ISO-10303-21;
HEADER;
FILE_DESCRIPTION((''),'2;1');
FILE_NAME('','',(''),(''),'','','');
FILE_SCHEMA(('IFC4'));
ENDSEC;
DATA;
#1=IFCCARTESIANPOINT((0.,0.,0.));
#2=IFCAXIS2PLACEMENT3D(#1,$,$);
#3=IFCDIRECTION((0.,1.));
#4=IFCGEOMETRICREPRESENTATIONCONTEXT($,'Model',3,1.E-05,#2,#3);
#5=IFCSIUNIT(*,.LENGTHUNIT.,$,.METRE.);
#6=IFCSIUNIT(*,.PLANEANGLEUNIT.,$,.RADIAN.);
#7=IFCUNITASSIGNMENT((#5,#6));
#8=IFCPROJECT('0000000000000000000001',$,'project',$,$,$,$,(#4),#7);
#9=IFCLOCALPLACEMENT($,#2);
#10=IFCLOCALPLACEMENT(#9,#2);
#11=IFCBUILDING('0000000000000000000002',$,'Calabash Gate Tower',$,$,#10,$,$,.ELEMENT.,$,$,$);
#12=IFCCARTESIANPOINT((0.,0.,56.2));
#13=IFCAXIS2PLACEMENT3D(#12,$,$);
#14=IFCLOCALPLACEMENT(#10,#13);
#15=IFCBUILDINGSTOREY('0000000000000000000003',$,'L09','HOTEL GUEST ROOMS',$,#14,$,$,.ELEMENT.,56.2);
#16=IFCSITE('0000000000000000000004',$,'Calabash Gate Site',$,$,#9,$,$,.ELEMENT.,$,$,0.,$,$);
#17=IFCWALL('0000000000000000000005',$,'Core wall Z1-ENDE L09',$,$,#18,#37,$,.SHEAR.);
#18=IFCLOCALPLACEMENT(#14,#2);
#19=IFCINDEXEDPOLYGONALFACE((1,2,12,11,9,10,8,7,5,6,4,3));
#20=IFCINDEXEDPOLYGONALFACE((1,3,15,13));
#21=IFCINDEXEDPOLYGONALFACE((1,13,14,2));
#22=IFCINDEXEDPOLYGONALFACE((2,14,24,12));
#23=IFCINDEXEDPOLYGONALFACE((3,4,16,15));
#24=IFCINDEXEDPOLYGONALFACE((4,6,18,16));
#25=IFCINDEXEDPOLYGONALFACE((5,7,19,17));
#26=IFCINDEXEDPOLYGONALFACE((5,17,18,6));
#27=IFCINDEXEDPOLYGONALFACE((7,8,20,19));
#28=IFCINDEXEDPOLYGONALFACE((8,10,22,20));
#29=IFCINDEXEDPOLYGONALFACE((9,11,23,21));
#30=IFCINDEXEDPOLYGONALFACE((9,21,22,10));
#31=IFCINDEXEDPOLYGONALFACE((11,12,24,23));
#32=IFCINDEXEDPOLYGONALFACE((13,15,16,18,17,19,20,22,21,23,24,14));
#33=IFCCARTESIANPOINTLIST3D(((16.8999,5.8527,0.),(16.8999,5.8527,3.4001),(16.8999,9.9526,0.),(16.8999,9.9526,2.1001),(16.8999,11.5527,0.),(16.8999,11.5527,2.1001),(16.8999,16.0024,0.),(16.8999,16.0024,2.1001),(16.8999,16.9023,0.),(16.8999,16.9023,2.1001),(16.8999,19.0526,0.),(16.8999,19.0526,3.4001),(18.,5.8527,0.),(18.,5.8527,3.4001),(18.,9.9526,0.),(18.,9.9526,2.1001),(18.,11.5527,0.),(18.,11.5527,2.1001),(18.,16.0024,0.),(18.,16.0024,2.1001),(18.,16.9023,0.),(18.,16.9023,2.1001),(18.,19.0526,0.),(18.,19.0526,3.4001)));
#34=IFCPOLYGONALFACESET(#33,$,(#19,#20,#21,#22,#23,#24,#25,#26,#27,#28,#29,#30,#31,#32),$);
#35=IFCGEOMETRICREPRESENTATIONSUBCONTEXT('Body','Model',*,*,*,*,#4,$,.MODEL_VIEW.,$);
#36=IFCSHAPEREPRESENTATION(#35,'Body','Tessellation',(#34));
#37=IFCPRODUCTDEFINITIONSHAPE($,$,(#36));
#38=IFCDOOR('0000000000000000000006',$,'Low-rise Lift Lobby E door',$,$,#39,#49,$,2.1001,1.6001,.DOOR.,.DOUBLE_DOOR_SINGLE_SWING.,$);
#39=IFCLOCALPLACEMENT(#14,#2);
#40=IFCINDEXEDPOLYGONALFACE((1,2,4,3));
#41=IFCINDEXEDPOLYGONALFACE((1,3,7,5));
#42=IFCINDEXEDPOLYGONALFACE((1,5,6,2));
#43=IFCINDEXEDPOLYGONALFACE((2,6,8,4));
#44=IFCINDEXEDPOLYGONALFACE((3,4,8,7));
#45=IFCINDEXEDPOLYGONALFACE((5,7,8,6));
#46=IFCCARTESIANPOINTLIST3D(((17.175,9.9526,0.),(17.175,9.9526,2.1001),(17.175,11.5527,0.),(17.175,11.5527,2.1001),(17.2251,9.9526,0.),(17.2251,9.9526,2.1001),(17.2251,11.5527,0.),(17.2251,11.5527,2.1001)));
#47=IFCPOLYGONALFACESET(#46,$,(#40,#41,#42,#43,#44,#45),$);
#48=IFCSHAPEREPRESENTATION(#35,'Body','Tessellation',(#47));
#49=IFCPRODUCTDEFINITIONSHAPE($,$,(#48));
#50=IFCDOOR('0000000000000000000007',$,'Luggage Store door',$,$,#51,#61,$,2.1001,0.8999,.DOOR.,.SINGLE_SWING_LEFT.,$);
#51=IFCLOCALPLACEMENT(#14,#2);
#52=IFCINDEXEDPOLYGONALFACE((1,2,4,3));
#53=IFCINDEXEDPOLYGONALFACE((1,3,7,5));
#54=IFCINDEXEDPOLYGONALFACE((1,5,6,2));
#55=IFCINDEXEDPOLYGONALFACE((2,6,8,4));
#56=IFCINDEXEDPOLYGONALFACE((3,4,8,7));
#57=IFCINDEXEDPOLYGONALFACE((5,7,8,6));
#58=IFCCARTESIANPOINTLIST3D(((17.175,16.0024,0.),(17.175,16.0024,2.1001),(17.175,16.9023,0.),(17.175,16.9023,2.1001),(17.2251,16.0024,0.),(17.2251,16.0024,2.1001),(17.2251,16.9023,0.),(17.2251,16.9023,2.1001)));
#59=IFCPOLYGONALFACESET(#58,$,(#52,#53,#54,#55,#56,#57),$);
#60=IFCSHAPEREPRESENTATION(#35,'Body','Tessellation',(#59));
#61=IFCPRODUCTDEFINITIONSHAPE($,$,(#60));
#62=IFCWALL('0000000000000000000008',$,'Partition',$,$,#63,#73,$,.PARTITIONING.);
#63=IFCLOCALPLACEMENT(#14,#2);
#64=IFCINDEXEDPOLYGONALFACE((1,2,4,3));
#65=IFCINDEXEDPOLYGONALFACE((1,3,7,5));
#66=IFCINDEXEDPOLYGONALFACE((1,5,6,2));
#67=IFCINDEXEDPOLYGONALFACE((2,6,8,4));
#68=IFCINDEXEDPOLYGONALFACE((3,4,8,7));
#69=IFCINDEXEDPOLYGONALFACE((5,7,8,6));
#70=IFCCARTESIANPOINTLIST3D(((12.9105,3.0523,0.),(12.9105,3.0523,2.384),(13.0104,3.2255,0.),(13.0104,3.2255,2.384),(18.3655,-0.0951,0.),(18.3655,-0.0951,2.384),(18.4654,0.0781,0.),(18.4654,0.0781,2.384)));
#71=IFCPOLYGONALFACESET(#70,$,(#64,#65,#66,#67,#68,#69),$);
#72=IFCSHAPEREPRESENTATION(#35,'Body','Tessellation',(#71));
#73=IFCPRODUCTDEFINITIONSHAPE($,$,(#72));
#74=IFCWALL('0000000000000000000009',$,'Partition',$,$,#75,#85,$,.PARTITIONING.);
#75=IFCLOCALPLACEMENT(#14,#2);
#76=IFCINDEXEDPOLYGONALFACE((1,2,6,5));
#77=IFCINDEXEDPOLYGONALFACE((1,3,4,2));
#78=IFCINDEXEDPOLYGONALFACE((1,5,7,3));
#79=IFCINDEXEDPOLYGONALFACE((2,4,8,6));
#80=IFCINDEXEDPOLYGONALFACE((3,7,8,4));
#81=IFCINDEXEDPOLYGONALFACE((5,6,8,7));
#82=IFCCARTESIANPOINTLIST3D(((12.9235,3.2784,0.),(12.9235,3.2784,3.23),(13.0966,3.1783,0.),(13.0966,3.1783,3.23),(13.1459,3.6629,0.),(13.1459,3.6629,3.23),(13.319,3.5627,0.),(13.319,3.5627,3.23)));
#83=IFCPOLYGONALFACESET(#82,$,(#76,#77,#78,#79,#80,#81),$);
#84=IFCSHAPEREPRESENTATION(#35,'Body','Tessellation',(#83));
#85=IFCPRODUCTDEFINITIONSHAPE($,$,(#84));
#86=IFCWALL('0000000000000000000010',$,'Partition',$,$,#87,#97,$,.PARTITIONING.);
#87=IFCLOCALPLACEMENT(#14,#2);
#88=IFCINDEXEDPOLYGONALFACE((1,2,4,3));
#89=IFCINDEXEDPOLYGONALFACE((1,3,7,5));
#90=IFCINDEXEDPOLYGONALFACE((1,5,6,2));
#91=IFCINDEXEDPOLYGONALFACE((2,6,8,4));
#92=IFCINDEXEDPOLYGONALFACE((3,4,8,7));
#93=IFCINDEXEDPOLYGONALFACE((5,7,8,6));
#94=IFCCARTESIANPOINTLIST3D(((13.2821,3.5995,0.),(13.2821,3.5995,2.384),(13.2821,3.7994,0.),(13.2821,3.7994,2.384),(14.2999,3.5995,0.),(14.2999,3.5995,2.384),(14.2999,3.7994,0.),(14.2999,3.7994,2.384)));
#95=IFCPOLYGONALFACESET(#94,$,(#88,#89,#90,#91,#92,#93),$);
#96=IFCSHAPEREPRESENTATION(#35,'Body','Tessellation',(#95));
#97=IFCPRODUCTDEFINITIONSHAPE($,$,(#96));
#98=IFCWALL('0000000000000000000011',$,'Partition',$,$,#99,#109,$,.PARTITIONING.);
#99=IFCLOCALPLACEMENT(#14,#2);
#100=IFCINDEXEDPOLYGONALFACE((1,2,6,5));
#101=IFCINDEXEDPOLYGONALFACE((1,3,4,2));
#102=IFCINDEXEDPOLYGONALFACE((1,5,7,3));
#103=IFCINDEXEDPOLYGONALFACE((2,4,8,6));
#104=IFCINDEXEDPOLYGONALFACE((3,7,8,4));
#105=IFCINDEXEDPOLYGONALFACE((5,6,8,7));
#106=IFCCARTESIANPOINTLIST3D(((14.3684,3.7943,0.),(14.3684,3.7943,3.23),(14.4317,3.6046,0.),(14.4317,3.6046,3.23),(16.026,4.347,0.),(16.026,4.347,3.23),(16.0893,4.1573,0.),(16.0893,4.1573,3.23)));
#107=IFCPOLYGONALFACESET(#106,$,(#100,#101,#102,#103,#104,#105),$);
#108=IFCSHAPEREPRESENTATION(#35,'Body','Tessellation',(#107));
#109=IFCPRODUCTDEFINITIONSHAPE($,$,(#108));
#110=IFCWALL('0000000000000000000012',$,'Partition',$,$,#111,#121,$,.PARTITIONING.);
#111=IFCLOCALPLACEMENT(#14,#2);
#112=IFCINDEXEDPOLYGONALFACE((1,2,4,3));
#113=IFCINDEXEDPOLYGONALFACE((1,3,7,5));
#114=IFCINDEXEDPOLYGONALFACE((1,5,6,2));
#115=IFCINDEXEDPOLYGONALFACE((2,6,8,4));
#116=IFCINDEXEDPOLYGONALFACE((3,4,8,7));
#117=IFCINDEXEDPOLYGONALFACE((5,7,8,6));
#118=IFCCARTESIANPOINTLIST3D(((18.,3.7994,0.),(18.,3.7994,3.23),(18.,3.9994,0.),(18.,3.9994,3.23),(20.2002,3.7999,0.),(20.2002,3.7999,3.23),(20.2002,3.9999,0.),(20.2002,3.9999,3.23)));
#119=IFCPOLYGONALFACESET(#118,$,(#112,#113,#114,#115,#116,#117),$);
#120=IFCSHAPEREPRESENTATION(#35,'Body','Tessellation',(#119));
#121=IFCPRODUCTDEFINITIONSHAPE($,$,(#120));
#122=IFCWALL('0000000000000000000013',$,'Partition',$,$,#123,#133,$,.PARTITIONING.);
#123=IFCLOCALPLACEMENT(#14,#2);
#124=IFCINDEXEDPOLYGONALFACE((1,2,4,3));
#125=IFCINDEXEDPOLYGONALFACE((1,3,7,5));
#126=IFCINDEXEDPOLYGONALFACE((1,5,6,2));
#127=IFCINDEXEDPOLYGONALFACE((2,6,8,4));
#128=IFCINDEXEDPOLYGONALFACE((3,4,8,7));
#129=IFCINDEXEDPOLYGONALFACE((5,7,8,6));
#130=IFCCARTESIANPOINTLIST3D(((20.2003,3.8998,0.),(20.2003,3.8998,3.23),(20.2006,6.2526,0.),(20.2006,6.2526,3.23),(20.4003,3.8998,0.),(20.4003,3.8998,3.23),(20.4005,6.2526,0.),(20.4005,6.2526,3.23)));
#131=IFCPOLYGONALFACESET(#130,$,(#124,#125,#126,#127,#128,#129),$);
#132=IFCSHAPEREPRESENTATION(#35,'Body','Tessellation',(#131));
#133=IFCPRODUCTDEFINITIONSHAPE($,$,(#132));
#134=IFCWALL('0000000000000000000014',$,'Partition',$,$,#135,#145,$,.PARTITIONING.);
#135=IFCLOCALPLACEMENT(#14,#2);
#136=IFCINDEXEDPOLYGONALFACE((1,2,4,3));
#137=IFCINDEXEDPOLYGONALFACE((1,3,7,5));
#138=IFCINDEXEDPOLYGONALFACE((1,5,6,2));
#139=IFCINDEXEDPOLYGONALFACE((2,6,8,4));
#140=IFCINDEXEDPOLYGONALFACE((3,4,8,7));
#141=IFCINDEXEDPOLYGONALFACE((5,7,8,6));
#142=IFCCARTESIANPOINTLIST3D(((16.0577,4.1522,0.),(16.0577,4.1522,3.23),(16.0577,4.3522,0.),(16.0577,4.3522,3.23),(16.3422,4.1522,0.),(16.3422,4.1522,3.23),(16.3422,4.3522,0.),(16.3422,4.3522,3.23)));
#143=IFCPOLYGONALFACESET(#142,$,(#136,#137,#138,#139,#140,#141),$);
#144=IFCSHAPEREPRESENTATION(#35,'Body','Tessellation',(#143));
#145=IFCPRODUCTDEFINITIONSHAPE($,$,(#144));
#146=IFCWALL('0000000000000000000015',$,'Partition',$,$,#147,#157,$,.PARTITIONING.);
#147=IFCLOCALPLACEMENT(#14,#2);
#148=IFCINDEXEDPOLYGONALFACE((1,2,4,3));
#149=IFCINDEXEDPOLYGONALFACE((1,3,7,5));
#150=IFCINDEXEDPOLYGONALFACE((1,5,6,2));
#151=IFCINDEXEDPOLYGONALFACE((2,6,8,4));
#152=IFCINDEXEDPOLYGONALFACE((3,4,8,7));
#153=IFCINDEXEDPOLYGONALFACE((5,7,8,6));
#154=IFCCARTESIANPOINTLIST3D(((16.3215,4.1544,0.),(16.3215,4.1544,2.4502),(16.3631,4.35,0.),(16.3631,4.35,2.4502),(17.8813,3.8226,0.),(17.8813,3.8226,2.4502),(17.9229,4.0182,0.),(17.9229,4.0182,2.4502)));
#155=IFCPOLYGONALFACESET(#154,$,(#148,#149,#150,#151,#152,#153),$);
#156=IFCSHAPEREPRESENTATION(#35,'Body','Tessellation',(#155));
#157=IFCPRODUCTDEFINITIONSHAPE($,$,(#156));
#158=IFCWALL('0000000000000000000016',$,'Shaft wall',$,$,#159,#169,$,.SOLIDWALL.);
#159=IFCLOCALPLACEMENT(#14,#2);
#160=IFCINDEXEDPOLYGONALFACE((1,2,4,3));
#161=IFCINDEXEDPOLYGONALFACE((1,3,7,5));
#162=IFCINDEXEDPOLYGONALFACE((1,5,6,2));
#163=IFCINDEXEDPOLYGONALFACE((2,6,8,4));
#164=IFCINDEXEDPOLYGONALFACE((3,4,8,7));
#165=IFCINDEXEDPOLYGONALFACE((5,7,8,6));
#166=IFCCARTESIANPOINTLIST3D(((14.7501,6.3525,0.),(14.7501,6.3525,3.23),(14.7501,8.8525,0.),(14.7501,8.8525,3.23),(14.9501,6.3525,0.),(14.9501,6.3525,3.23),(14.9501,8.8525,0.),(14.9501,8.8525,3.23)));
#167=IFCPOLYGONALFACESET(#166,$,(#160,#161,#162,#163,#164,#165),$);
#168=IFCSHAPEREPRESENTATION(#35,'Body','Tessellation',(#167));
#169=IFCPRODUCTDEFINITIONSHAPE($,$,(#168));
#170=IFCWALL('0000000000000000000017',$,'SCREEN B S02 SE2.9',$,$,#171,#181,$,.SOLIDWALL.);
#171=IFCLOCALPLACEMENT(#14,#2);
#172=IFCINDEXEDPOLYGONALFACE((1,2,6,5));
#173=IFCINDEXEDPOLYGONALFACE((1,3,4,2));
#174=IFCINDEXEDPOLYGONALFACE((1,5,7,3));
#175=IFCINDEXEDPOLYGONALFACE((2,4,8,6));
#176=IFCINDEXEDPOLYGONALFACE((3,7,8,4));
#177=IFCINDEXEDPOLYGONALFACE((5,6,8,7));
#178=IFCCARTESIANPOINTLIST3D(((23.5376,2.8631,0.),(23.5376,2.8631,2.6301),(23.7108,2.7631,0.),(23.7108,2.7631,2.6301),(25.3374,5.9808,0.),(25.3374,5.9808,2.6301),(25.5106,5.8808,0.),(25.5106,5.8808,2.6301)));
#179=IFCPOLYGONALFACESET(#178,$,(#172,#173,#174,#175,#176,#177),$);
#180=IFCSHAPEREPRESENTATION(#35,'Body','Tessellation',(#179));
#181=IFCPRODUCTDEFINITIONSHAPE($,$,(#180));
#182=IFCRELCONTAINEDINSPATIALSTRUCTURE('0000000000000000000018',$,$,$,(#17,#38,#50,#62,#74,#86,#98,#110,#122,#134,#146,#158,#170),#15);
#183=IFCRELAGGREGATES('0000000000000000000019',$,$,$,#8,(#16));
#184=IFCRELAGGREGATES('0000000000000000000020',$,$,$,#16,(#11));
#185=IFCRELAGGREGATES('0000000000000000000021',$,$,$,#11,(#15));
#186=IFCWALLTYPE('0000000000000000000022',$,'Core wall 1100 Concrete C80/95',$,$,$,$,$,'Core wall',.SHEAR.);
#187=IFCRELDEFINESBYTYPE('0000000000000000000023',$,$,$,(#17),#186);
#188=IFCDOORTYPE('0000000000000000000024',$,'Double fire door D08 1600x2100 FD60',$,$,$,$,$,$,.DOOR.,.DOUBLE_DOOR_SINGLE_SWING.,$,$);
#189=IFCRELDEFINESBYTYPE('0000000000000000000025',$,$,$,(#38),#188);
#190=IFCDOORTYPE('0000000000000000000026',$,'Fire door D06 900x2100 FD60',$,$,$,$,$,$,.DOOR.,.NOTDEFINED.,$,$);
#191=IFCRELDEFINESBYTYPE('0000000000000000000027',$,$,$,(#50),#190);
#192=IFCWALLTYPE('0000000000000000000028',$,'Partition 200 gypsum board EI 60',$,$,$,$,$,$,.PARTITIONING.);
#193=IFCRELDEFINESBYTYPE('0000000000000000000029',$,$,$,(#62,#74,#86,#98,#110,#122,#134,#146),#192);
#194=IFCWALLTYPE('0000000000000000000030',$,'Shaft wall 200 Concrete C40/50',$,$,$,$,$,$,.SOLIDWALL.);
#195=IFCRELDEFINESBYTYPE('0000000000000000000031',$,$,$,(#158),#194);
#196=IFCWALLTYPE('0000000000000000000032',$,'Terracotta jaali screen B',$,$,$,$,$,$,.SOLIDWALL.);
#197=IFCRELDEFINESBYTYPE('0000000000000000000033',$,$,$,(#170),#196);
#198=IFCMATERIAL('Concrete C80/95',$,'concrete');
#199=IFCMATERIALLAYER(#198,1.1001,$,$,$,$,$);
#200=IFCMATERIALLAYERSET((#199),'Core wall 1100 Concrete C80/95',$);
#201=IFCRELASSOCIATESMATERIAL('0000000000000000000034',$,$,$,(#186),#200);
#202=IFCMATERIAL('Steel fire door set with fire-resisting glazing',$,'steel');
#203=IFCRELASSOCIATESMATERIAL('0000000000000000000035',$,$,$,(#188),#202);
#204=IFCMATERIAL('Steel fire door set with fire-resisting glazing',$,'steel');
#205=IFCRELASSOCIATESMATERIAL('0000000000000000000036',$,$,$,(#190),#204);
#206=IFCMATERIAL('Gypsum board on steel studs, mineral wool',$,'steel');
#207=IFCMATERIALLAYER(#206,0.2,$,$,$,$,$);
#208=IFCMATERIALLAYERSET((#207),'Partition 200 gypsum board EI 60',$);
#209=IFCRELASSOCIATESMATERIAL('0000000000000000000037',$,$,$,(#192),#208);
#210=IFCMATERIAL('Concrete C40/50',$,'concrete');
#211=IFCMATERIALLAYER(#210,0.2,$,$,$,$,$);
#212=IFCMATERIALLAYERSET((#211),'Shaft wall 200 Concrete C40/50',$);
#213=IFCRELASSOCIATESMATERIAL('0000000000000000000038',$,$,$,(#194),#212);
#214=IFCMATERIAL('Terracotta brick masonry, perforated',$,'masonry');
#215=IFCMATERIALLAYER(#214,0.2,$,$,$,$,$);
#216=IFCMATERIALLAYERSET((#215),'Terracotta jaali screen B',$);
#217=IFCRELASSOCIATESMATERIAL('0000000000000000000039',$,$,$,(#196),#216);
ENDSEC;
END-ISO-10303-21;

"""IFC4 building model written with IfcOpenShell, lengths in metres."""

from ifc_helpers import new_model, si_unit, direction, frame, frame_2d, origin, place, context, subcontext, project, spatial, rectangle, extrude, material, layer, layer_set, type_object, element, fill, save


model = new_model("IFC4")

# Units and contexts
model_context = context("Model", 3, precision=1e-05, world=origin(), true_north=direction((0.0, 1.0)))
body_context = subcontext(model_context, "Body", "Model", "MODEL_VIEW")
ifc_project = project(units=[si_unit("LENGTHUNIT", "METRE"), si_unit("PLANEANGLEUNIT", "RADIAN")], contexts=[model_context])

# Site, building, storey
site_placement = place(None, origin())
site = spatial("IfcSite", under=ifc_project, at=site_placement, Name="Calabash Gate Site", CompositionType="ELEMENT", RefElevation=0.0)
building_placement = place(site_placement, origin())
building = spatial("IfcBuilding", under=site, at=building_placement, Name="Calabash Gate Tower", CompositionType="ELEMENT")
storey_placement = place(building_placement, frame((0.0, 0.0, 56.2)))
storey = spatial("IfcBuildingStorey", under=building, at=storey_placement, Name="L09", Description="HOTEL GUEST ROOMS", CompositionType="ELEMENT", Elevation=56.2)

# Wall, openings, doors
ifc_material_1 = material(Name="Concrete C80/95", Category="concrete")
ifc_layer_1 = layer(ifc_material_1, 1.1001)
ifc_layer_set_1 = layer_set([ifc_layer_1], Name="Core wall 1100 Concrete C80/95")
wall_type_1 = type_object("IfcWallType", Name="Core wall 1100 Concrete C80/95", ElementType="Core wall", PredefinedType="SHEAR", material=ifc_layer_set_1)
wall_1_placement = place(storey_placement, frame((17.45, 5.8525, 0.0), z_axis=(0.0, 0.0, 1.0), x_axis=(0.0, 1.0, 0.0)))
wall_1 = element("IfcWall", 1, at=wall_1_placement, inside=storey, type_object=wall_type_1, Name="Core wall Z1-ENDE L09", PredefinedType="SHEAR", context=body_context, shape_type="SweptSolid", body=[
    extrude(rectangle(XDim=13.2, YDim=1.1001, at=frame_2d((6.6001, 0.0))), origin(), (0.0, 0.0, 1.0), 3.4001),
])
opening_1_placement = place(wall_1_placement, frame((4.1001, 0.0, 0.0)))
opening_1 = element("IfcOpeningElement", 2, at=opening_1_placement, cuts=wall_1, PredefinedType="OPENING", context=body_context, shape_type="SweptSolid", body=[
    extrude(rectangle(XDim=1.6001, YDim=2.1001, at=frame_2d((0.8, 1.05))), frame((0.0, 0.5601, 0.0), z_axis=(0.0, -1.0, 0.0), x_axis=(1.0, 0.0, 0.0)), (0.0, 0.0, 1.0), 1.1201),
])
opening_2_placement = place(wall_1_placement, frame((10.1499, 0.0, 0.0)))
opening_2 = element("IfcOpeningElement", 3, at=opening_2_placement, cuts=wall_1, PredefinedType="OPENING", context=body_context, shape_type="SweptSolid", body=[
    extrude(rectangle(XDim=0.8999, YDim=2.1001, at=frame_2d((0.45, 1.05))), frame((0.0, 0.5601, 0.0), z_axis=(0.0, -1.0, 0.0), x_axis=(1.0, 0.0, 0.0)), (0.0, 0.0, 1.0), 1.1201),
])
ifc_material_2 = material(Name="Steel fire door set with fire-resisting glazing", Category="steel")
door_type_1 = type_object("IfcDoorType", Name="Double fire door D08 1600x2100 FD60", OperationType="DOUBLE_DOOR_SINGLE_SWING", PredefinedType="DOOR", material=ifc_material_2)
door_1_placement = place(opening_1_placement, origin())
door_1 = element("IfcDoor", 4, at=door_1_placement, inside=storey, type_object=door_type_1, Name="Low-rise Lift Lobby E door", OperationType="DOUBLE_DOOR_SINGLE_SWING", OverallHeight=2.1001, OverallWidth=1.6001, PredefinedType="DOOR", context=body_context, shape_type="SweptSolid", body=[
    extrude(rectangle(XDim=1.6001, YDim=2.1001, at=frame_2d((0.8, 1.05))), frame((0.0, 0.2749, 0.0), z_axis=(0.0, -1.0, 0.0), x_axis=(1.0, 0.0, 0.0)), (0.0, 0.0, 1.0), 0.05),
])
fill(opening_1, door_1)
ifc_material_3 = material(Name="Steel fire door set with fire-resisting glazing", Category="steel")
door_type_2 = type_object("IfcDoorType", Name="Fire door D06 900x2100 FD60", OperationType="NOTDEFINED", PredefinedType="DOOR", material=ifc_material_3)
door_2_placement = place(opening_2_placement, origin())
door_2 = element("IfcDoor", 5, at=door_2_placement, inside=storey, type_object=door_type_2, Name="Luggage Store door", OperationType="SINGLE_SWING_LEFT", OverallHeight=2.1001, OverallWidth=0.8999, PredefinedType="DOOR", context=body_context, shape_type="SweptSolid", body=[
    extrude(rectangle(XDim=0.8999, YDim=2.1001, at=frame_2d((0.45, 1.05))), frame((0.0, 0.2749, 0.0), z_axis=(0.0, -1.0, 0.0), x_axis=(1.0, 0.0, 0.0)), (0.0, 0.0, 1.0), 0.05),
])
fill(opening_2, door_2)

# Walls
ifc_material_4 = material(Name="Gypsum board on steel studs, mineral wool", Category="steel")
ifc_layer_2 = layer(ifc_material_4, 0.2)
ifc_layer_set_2 = layer_set([ifc_layer_2], Name="Partition 200 gypsum board EI 60")
wall_type_2 = type_object("IfcWallType", Name="Partition 200 gypsum board EI 60", PredefinedType="PARTITIONING", material=ifc_layer_set_2)
wall_2_placement = place(storey_placement, frame((12.9604, 3.1389, 0.0), z_axis=(0.0, 0.0, 1.0), x_axis=(0.866165, -0.499758, 0.0)))
element("IfcWall", 6, at=wall_2_placement, inside=storey, type_object=wall_type_2, Name="Partition", PredefinedType="PARTITIONING", context=body_context, shape_type="SweptSolid", body=[
    extrude(rectangle(XDim=6.2979, YDim=0.2, at=frame_2d((3.1489, 0.0))), origin(), (0.0, 0.0, 1.0), 2.384),
])
wall_3_placement = place(storey_placement, frame((13.01, 3.2283, 0.0), z_axis=(0.0, 0.0, 1.0), x_axis=(0.50069, 0.865627, 0.0)))
element("IfcWall", 7, at=wall_3_placement, inside=storey, type_object=wall_type_2, Name="Partition", PredefinedType="PARTITIONING", context=body_context, shape_type="SweptSolid", body=[
    extrude(rectangle(XDim=0.4441, YDim=0.2, at=frame_2d((0.2222, 0.0))), origin(), (0.0, 0.0, 1.0), 3.23),
])
wall_4_placement = place(storey_placement, frame((13.2822, 3.6995, 0.0), z_axis=(0.0, 0.0, 1.0), x_axis=(1.0, 0.0, 0.0)))
element("IfcWall", 8, at=wall_4_placement, inside=storey, type_object=wall_type_2, Name="Partition", PredefinedType="PARTITIONING", context=body_context, shape_type="SweptSolid", body=[
    extrude(rectangle(XDim=1.0178, YDim=0.2, at=frame_2d((0.5088, 0.0))), origin(), (0.0, 0.0, 1.0), 2.384),
])
wall_5_placement = place(storey_placement, frame((14.4001, 3.6995, 0.0), z_axis=(0.0, 0.0, 1.0), x_axis=(0.948655, 0.316312, 0.0)))
element("IfcWall", 9, at=wall_5_placement, inside=storey, type_object=wall_type_2, Name="Partition", PredefinedType="PARTITIONING", context=body_context, shape_type="SweptSolid", body=[
    extrude(rectangle(XDim=1.7473, YDim=0.2, at=frame_2d((0.8735, 0.0))), origin(), (0.0, 0.0, 1.0), 3.23),
])
wall_6_placement = place(storey_placement, frame((18.0, 3.8994, 0.0), z_axis=(0.0, 0.0, 1.0), x_axis=(1.0, 0.000222, 0.0)))
element("IfcWall", 10, at=wall_6_placement, inside=storey, type_object=wall_type_2, Name="Partition", PredefinedType="PARTITIONING", context=body_context, shape_type="SweptSolid", body=[
    extrude(rectangle(XDim=2.2002, YDim=0.2, at=frame_2d((1.1001, 0.0))), origin(), (0.0, 0.0, 1.0), 3.23),
])
wall_7_placement = place(storey_placement, frame((20.3003, 3.8999, 0.0), z_axis=(0.0, 0.0, 1.0), x_axis=(0.000104, 1.0, 0.0)))
element("IfcWall", 11, at=wall_7_placement, inside=storey, type_object=wall_type_2, Name="Partition", PredefinedType="PARTITIONING", context=body_context, shape_type="SweptSolid", body=[
    extrude(rectangle(XDim=2.3528, YDim=0.2, at=frame_2d((1.1763, 0.0))), origin(), (0.0, 0.0, 1.0), 3.23),
])
wall_8_placement = place(storey_placement, frame((16.0579, 4.2522, 0.0), z_axis=(0.0, 0.0, 1.0), x_axis=(1.0, 0.0, 0.0)))
element("IfcWall", 12, at=wall_8_placement, inside=storey, type_object=wall_type_2, Name="Partition", PredefinedType="PARTITIONING", context=body_context, shape_type="SweptSolid", body=[
    extrude(rectangle(XDim=0.2844, YDim=0.2, at=frame_2d((0.1421, 0.0))), origin(), (0.0, 0.0, 1.0), 3.23),
])
wall_9_placement = place(storey_placement, frame((16.3423, 4.2522, 0.0), z_axis=(0.0, 0.0, 1.0), x_axis=(0.978117, -0.208055, 0.0)))
element("IfcWall", 13, at=wall_9_placement, inside=storey, type_object=wall_type_2, Name="Partition", PredefinedType="PARTITIONING", context=body_context, shape_type="SweptSolid", body=[
    extrude(rectangle(XDim=1.5947, YDim=0.2, at=frame_2d((0.7974, 0.0))), origin(), (0.0, 0.0, 1.0), 2.4502),
])
ifc_material_5 = material(Name="Concrete C40/50", Category="concrete")
ifc_layer_3 = layer(ifc_material_5, 0.2)
ifc_layer_set_3 = layer_set([ifc_layer_3], Name="Shaft wall 200 Concrete C40/50")
wall_type_3 = type_object("IfcWallType", Name="Shaft wall 200 Concrete C40/50", PredefinedType="SOLIDWALL", material=ifc_layer_set_3)
wall_10_placement = place(storey_placement, frame((14.8501, 6.3525, 0.0), z_axis=(0.0, 0.0, 1.0), x_axis=(0.0, 1.0, 0.0)))
element("IfcWall", 14, at=wall_10_placement, inside=storey, type_object=wall_type_3, Name="Shaft wall", PredefinedType="SOLIDWALL", context=body_context, shape_type="SweptSolid", body=[
    extrude(rectangle(XDim=2.5, YDim=0.2, at=frame_2d((1.25, 0.0))), origin(), (0.0, 0.0, 1.0), 3.23),
])
ifc_material_6 = material(Name="Terracotta brick masonry, perforated", Category="masonry")
ifc_layer_4 = layer(ifc_material_6, 0.2)
ifc_layer_set_4 = layer_set([ifc_layer_4], Name="Terracotta jaali screen B")
wall_type_4 = type_object("IfcWallType", Name="Terracotta jaali screen B", PredefinedType="SOLIDWALL", material=ifc_layer_set_4)
for number, where, z_axis, x_axis, name in (
    (15, (23.6243, 2.8132, 0.0), (0.0, 0.0, 1.0), (0.499961, 0.866048, 0.0), "SCREEN B S02 SE2.9"),
):
    element("IfcWall", number, at=place(storey_placement, frame(where, z_axis=z_axis, x_axis=x_axis)), inside=storey, type_object=wall_type_4, Name=name, PredefinedType="SOLIDWALL", context=body_context, shape_type="SweptSolid", body=[
        extrude(rectangle(XDim=3.5999, YDim=0.2, at=frame_2d((1.7998, 0.0))), origin(), (0.0, 0.0, 1.0), 2.6301),
    ])

save(model, "model.ifc")
